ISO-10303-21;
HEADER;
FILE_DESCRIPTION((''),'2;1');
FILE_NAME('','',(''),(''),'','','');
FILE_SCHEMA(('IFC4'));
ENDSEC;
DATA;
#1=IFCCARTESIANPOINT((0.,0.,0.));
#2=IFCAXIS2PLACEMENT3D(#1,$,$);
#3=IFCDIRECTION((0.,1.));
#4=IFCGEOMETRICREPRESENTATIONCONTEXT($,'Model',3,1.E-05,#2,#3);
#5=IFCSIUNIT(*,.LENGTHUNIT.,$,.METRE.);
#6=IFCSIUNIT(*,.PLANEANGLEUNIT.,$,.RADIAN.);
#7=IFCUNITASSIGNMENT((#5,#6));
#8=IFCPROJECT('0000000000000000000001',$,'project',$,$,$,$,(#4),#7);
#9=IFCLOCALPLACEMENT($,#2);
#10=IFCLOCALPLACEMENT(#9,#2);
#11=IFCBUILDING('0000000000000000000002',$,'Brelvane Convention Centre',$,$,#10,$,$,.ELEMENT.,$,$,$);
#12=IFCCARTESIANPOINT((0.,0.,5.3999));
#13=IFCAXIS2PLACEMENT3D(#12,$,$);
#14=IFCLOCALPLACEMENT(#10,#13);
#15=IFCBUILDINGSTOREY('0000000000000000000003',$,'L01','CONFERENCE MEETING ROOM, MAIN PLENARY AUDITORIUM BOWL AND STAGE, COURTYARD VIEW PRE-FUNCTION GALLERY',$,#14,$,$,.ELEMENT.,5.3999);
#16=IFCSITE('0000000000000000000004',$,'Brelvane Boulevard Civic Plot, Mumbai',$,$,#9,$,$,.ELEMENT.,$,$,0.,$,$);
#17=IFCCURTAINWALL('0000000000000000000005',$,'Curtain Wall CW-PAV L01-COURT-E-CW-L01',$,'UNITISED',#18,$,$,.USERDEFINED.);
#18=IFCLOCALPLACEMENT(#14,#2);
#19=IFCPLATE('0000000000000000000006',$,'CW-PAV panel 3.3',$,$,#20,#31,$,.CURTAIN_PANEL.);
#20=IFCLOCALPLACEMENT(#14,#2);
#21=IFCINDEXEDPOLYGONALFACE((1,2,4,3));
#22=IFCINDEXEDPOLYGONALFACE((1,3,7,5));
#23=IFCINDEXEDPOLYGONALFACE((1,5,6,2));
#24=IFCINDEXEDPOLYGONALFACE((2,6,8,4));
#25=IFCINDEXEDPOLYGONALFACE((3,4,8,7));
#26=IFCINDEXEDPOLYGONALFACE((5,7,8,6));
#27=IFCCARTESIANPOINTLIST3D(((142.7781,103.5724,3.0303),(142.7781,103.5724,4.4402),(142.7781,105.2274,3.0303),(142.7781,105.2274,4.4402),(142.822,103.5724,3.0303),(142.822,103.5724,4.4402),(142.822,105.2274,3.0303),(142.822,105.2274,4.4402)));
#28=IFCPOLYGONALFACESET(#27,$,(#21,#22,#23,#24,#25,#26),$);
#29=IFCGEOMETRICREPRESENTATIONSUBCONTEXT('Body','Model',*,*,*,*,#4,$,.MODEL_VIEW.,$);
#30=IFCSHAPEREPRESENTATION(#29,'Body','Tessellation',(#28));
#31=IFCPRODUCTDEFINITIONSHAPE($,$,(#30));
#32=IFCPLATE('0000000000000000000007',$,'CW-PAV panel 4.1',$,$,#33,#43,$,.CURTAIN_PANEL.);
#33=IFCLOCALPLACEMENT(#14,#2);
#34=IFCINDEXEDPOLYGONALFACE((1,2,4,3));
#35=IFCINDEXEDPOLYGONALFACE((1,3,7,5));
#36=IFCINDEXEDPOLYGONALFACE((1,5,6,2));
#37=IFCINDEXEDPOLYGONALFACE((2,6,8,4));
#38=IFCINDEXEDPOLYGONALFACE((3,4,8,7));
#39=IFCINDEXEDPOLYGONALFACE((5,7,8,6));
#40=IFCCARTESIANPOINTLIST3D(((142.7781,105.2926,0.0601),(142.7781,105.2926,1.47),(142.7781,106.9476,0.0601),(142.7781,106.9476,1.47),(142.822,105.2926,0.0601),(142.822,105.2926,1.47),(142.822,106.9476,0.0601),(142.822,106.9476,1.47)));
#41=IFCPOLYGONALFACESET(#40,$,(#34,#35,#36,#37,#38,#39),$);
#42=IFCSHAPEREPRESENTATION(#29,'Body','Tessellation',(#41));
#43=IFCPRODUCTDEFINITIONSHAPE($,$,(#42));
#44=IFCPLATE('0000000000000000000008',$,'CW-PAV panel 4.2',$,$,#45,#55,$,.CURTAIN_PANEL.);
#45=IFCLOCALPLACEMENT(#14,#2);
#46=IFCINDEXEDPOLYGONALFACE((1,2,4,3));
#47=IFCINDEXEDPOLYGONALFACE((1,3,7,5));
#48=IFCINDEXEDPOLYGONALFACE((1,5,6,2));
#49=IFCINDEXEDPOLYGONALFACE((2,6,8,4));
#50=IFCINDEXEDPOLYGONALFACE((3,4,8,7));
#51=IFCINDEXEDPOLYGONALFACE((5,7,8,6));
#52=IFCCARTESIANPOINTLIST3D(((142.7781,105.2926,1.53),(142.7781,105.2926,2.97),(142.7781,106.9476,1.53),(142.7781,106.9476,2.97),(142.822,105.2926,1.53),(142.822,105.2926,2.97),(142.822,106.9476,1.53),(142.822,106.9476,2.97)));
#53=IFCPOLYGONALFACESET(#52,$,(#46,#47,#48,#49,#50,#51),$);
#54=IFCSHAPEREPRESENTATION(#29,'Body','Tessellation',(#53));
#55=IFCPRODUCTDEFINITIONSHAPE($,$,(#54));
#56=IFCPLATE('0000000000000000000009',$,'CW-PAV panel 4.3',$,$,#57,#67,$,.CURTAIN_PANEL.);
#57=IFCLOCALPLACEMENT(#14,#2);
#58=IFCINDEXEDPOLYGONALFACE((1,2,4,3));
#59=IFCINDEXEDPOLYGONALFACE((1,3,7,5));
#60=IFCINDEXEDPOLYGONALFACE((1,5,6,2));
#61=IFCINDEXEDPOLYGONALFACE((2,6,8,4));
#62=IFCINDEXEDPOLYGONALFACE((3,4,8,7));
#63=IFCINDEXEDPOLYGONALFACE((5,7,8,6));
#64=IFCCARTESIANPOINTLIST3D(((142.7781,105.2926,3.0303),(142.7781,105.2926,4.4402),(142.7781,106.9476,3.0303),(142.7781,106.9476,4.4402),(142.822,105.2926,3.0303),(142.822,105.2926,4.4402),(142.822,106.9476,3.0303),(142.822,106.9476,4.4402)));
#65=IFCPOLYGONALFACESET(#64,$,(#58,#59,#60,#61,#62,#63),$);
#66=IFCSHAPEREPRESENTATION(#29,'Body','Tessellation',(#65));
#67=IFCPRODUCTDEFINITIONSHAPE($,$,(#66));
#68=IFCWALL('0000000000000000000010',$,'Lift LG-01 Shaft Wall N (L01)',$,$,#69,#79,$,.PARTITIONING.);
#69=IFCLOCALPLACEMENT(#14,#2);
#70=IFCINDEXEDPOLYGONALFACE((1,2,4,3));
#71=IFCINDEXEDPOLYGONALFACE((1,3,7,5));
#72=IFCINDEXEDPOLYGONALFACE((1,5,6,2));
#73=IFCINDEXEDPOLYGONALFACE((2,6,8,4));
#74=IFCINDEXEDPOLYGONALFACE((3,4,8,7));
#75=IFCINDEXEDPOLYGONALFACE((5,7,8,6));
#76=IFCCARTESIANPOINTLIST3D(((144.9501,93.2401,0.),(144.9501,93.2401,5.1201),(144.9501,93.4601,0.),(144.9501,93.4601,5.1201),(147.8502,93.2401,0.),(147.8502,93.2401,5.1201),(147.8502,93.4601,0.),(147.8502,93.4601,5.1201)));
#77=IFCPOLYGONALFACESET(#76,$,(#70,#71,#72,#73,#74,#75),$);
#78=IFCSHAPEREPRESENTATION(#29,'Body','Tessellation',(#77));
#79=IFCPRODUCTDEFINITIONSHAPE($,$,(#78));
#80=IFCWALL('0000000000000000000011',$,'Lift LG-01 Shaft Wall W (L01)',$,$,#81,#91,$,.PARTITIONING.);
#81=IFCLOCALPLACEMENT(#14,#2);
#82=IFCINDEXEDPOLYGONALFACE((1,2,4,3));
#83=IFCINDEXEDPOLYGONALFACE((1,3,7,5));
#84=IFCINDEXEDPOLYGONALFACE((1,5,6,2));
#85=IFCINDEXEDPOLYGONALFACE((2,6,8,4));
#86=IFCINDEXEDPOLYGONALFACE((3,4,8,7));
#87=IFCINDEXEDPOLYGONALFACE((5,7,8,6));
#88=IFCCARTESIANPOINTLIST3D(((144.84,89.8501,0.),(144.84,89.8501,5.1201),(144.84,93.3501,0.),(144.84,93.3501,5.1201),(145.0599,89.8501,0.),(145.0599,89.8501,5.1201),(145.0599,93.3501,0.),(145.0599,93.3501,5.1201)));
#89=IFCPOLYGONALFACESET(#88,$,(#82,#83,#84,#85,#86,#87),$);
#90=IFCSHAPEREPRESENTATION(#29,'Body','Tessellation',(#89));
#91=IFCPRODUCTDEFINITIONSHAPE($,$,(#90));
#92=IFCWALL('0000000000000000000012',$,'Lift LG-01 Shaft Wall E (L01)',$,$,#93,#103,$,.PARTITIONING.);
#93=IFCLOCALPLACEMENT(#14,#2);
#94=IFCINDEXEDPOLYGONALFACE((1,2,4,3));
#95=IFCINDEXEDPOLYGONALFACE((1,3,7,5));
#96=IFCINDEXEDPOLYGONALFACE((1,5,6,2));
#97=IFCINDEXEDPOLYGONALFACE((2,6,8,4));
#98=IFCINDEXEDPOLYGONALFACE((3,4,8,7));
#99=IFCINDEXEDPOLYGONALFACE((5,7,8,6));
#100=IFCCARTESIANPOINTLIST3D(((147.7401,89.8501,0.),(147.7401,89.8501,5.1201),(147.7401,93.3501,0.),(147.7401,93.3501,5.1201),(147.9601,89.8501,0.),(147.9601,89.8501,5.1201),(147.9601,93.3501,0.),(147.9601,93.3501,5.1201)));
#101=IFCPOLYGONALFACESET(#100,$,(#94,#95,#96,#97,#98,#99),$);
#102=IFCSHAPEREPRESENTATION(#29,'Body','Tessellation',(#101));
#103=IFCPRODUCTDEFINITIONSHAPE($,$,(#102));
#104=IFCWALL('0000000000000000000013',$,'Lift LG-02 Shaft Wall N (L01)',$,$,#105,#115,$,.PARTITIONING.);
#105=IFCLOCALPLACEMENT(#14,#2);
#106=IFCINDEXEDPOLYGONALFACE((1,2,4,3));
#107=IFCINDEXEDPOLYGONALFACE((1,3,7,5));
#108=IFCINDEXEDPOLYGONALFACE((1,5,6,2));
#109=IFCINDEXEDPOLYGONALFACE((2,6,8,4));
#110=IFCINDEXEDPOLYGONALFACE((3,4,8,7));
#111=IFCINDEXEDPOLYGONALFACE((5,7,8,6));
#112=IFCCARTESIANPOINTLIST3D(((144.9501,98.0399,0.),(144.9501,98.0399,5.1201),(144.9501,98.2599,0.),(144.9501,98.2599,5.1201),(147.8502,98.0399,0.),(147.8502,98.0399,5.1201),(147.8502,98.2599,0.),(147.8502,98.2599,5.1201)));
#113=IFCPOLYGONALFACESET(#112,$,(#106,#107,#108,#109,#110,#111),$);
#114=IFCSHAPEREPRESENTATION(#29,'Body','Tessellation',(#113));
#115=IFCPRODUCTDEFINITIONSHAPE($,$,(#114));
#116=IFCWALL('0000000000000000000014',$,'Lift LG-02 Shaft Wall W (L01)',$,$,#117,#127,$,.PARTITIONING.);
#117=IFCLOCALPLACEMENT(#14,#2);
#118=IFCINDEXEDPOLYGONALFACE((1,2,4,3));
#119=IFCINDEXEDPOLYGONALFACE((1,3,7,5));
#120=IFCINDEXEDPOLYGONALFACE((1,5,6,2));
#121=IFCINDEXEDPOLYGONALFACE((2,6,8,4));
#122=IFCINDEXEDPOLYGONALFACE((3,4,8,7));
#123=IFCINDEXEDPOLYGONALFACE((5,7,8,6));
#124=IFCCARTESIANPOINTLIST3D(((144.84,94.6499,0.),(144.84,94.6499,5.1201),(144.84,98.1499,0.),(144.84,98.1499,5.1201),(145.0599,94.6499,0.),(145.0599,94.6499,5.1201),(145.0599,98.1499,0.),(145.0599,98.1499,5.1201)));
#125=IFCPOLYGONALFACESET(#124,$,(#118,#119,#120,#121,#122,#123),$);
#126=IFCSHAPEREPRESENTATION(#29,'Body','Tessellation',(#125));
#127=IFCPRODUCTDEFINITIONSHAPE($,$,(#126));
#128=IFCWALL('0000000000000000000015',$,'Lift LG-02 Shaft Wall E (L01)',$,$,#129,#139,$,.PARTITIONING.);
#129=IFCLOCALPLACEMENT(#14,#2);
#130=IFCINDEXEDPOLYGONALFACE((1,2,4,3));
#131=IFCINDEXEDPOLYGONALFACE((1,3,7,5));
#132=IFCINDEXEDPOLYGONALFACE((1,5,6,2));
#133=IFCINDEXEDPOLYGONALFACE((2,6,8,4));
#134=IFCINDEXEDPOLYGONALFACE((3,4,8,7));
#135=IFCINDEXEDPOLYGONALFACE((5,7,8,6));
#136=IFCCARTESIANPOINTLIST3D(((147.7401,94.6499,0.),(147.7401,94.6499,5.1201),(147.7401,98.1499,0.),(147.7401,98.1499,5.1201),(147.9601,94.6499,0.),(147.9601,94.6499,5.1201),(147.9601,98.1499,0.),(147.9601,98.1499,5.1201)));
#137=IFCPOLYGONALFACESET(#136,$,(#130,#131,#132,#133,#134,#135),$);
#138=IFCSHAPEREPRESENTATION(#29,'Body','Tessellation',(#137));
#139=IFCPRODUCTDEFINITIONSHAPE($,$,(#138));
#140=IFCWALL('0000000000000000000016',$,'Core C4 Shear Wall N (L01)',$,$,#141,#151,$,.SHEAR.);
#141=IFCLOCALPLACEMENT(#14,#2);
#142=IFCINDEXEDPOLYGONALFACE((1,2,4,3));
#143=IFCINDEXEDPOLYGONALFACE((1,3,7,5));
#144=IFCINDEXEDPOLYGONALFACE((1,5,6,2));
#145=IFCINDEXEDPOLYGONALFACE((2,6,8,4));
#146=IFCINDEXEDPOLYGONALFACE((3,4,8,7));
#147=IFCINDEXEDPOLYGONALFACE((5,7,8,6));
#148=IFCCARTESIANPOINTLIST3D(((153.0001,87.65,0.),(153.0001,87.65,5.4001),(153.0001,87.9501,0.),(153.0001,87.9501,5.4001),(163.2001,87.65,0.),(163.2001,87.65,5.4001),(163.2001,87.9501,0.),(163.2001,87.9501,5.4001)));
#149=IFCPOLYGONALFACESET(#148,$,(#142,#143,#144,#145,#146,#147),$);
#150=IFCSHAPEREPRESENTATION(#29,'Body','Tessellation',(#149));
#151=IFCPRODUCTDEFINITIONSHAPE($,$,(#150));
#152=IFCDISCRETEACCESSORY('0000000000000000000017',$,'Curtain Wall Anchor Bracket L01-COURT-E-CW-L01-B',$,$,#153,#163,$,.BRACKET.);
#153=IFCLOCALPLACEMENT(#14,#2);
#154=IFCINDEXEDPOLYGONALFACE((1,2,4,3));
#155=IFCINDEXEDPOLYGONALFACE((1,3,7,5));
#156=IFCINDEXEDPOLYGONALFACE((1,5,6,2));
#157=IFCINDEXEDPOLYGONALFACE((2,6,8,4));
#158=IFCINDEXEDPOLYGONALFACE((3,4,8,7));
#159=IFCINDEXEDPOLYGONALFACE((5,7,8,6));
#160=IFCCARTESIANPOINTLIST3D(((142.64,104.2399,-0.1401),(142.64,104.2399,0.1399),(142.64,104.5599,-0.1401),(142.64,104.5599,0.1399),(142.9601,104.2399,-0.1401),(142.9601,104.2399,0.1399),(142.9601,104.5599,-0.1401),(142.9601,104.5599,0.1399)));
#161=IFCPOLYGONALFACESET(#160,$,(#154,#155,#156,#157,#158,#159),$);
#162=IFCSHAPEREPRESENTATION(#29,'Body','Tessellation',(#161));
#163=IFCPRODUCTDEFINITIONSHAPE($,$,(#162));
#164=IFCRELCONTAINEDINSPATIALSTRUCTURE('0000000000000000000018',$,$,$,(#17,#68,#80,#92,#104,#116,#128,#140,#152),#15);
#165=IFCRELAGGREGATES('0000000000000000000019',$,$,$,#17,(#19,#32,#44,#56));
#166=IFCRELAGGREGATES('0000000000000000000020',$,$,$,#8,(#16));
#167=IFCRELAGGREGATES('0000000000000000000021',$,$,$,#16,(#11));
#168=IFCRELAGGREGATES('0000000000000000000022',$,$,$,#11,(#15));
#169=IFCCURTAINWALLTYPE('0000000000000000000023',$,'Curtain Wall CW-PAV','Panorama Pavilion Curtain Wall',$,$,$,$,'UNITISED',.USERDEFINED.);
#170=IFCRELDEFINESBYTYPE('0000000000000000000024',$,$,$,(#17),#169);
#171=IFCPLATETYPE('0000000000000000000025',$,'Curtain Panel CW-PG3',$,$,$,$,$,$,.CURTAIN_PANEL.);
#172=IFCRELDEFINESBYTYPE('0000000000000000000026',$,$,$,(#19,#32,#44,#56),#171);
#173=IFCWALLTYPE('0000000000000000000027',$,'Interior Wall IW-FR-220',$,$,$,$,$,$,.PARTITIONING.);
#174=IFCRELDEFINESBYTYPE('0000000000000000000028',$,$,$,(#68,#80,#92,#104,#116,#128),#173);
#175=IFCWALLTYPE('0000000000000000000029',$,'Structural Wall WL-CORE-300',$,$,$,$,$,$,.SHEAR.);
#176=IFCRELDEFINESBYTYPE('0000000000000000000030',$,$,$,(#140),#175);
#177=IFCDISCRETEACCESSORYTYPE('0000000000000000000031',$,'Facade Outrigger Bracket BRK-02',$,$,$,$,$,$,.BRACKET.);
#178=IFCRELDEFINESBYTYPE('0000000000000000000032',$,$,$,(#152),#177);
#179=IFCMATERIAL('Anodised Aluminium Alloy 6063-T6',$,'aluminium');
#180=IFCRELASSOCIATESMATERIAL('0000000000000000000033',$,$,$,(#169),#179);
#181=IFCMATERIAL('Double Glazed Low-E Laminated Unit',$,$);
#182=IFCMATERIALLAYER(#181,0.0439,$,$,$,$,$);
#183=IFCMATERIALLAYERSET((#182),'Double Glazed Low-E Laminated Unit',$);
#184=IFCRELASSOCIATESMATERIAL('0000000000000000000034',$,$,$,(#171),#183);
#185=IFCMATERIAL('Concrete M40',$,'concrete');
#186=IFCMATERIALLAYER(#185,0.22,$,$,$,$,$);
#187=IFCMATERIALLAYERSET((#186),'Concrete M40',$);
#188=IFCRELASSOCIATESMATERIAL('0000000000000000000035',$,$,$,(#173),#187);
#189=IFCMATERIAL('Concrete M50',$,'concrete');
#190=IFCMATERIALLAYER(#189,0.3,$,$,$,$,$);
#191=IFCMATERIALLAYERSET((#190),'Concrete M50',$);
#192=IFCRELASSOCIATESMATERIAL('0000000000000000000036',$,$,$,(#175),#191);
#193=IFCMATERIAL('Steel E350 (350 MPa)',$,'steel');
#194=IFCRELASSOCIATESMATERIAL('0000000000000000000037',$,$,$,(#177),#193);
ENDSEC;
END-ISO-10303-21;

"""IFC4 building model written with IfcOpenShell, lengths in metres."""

from ifc_helpers import new_model, si_unit, direction, frame, frame_2d, origin, origin_2d, place, context, subcontext, project, spatial, rectangle, extrude, material, layer, layer_set, type_object, element, aggregate, save


model = new_model("IFC4")

# Units and contexts
model_context = context("Model", 3, precision=1e-05, world=origin(), true_north=direction((0.0, 1.0)))
body_context = subcontext(model_context, "Body", "Model", "MODEL_VIEW")
ifc_project = project(units=[si_unit("LENGTHUNIT", "METRE"), si_unit("PLANEANGLEUNIT", "RADIAN")], contexts=[model_context])

# Site, building, storey
site_placement = place(None, origin())
site = spatial("IfcSite", under=ifc_project, at=site_placement, Name="Brelvane Boulevard Civic Plot, Mumbai", CompositionType="ELEMENT", RefElevation=0.0)
building_placement = place(site_placement, origin())
building = spatial("IfcBuilding", under=site, at=building_placement, Name="Brelvane Convention Centre", CompositionType="ELEMENT")
storey_placement = place(building_placement, frame((0.0, 0.0, 5.3999)))
storey = spatial("IfcBuildingStorey", under=building, at=storey_placement, Name="L01", Description="CONFERENCE MEETING ROOM, MAIN PLENARY AUDITORIUM BOWL AND STAGE, COURTYARD VIEW PRE-FUNCTION GALLERY", CompositionType="ELEMENT", Elevation=5.3999)

# Curtain wall
ifc_material_1 = material(Name="Anodised Aluminium Alloy 6063-T6", Category="aluminium")
curtain_wall_type = type_object("IfcCurtainWallType", Name="Curtain Wall CW-PAV", Description="Panorama Pavilion Curtain Wall", ElementType="UNITISED", PredefinedType="USERDEFINED", material=ifc_material_1)
curtain_wall_placement = place(storey_placement, origin())
curtain_wall = element("IfcCurtainWall", 1, at=curtain_wall_placement, inside=storey, type_object=curtain_wall_type, Name="Curtain Wall CW-PAV L01-COURT-E-CW-L01", ObjectType="UNITISED", PredefinedType="USERDEFINED")

# Plates
ifc_material_2 = material(Name="Double Glazed Low-E Laminated Unit")
ifc_layer_1 = layer(ifc_material_2, 0.0439)
ifc_layer_set_1 = layer_set([ifc_layer_1], Name="Double Glazed Low-E Laminated Unit")
plate_type = type_object("IfcPlateType", Name="Curtain Panel CW-PG3", PredefinedType="CURTAIN_PANEL", material=ifc_layer_set_1)
plate_1_placement = place(storey_placement, frame((142.8, 104.3999, 3.0303), z_axis=(0.0, 0.0, 1.0), x_axis=(0.0, 1.0, 0.0)))
plate_1 = element("IfcPlate", 2, at=plate_1_placement, type_object=plate_type, Name="CW-PAV panel 3.3", PredefinedType="CURTAIN_PANEL", context=body_context, shape_type="SweptSolid", body=[
    extrude(rectangle(XDim=1.655, YDim=0.0439, at=origin_2d()), origin(), (0.0, 0.0, 1.0), 1.4099),
])
plate_2_placement = place(storey_placement, frame((142.8, 106.1201, 0.0601), z_axis=(0.0, 0.0, 1.0), x_axis=(0.0, 1.0, 0.0)))
plate_2 = element("IfcPlate", 3, at=plate_2_placement, type_object=plate_type, Name="CW-PAV panel 4.1", PredefinedType="CURTAIN_PANEL", context=body_context, shape_type="SweptSolid", body=[
    extrude(rectangle(XDim=1.655, YDim=0.0439, at=origin_2d()), origin(), (0.0, 0.0, 1.0), 1.4099),
])
plate_3_placement = place(storey_placement, frame((142.8, 106.1201, 1.53), z_axis=(0.0, 0.0, 1.0), x_axis=(0.0, 1.0, 0.0)))
plate_3 = element("IfcPlate", 4, at=plate_3_placement, type_object=plate_type, Name="CW-PAV panel 4.2", PredefinedType="CURTAIN_PANEL", context=body_context, shape_type="SweptSolid", body=[
    extrude(rectangle(XDim=1.655, YDim=0.0439, at=origin_2d()), origin(), (0.0, 0.0, 1.0), 1.4399),
])
plate_4_placement = place(storey_placement, frame((142.8, 106.1201, 3.0303), z_axis=(0.0, 0.0, 1.0), x_axis=(0.0, 1.0, 0.0)))
plate_4 = element("IfcPlate", 5, at=plate_4_placement, type_object=plate_type, Name="CW-PAV panel 4.3", PredefinedType="CURTAIN_PANEL", context=body_context, shape_type="SweptSolid", body=[
    extrude(rectangle(XDim=1.655, YDim=0.0439, at=origin_2d()), origin(), (0.0, 0.0, 1.0), 1.4099),
])
aggregate(curtain_wall, [plate_1, plate_2, plate_3, plate_4])

# Shared definitions
ifc_material_3 = material(Name="Concrete M40", Category="concrete")
ifc_layer_2 = layer(ifc_material_3, 0.22)
ifc_layer_set_2 = layer_set([ifc_layer_2], Name="Concrete M40")
wall_type_1 = type_object("IfcWallType", Name="Interior Wall IW-FR-220", PredefinedType="PARTITIONING", material=ifc_layer_set_2)

# Walls
wall_1_placement = place(storey_placement, frame((144.95, 93.3501, 0.0), z_axis=(0.0, 0.0, 1.0), x_axis=(1.0, 0.0, 0.0)))
element("IfcWall", 6, at=wall_1_placement, inside=storey, type_object=wall_type_1, Name="Lift LG-01 Shaft Wall N (L01)", PredefinedType="PARTITIONING", context=body_context, shape_type="SweptSolid", body=[
    extrude(rectangle(XDim=2.9001, YDim=0.22, at=frame_2d((1.4502, 0.0))), origin(), (0.0, 0.0, 1.0), 5.1201),
])
for number, where, z_axis, x_axis, name in (
    (7, (144.95, 89.8501, 0.0), (0.0, 0.0, 1.0), (0.0, 1.0, 0.0), "Lift LG-01 Shaft Wall W (L01)"),
    (8, (147.8501, 89.8501, 0.0), (0.0, 0.0, 1.0), (0.0, 1.0, 0.0), "Lift LG-01 Shaft Wall E (L01)"),
):
    element("IfcWall", number, at=place(storey_placement, frame(where, z_axis=z_axis, x_axis=x_axis)), inside=storey, type_object=wall_type_1, Name=name, PredefinedType="PARTITIONING", context=body_context, shape_type="SweptSolid", body=[
        extrude(rectangle(XDim=3.5, YDim=0.22, at=frame_2d((1.75, 0.0))), origin(), (0.0, 0.0, 1.0), 5.1201),
    ])

# Walls
wall_2_placement = place(storey_placement, frame((144.95, 98.1499, 0.0), z_axis=(0.0, 0.0, 1.0), x_axis=(1.0, 0.0, 0.0)))
element("IfcWall", 9, at=wall_2_placement, inside=storey, type_object=wall_type_1, Name="Lift LG-02 Shaft Wall N (L01)", PredefinedType="PARTITIONING", context=body_context, shape_type="SweptSolid", body=[
    extrude(rectangle(XDim=2.9001, YDim=0.22, at=frame_2d((1.4502, 0.0))), origin(), (0.0, 0.0, 1.0), 5.1201),
])
for number, where, z_axis, x_axis, name in (
    (10, (144.95, 94.6499, 0.0), (0.0, 0.0, 1.0), (0.0, 1.0, 0.0), "Lift LG-02 Shaft Wall W (L01)"),
    (11, (147.8501, 94.6499, 0.0), (0.0, 0.0, 1.0), (0.0, 1.0, 0.0), "Lift LG-02 Shaft Wall E (L01)"),
):
    element("IfcWall", number, at=place(storey_placement, frame(where, z_axis=z_axis, x_axis=x_axis)), inside=storey, type_object=wall_type_1, Name=name, PredefinedType="PARTITIONING", context=body_context, shape_type="SweptSolid", body=[
        extrude(rectangle(XDim=3.5, YDim=0.22, at=frame_2d((1.75, 0.0))), origin(), (0.0, 0.0, 1.0), 5.1201),
    ])
ifc_material_4 = material(Name="Concrete M50", Category="concrete")
ifc_layer_3 = layer(ifc_material_4, 0.3)
ifc_layer_set_3 = layer_set([ifc_layer_3], Name="Concrete M50")
wall_type_2 = type_object("IfcWallType", Name="Structural Wall WL-CORE-300", PredefinedType="SHEAR", material=ifc_layer_set_3)
wall_3_placement = place(storey_placement, frame((153.0, 87.8, 0.0), z_axis=(0.0, 0.0, 1.0), x_axis=(1.0, 0.0, 0.0)))
element("IfcWall", 12, at=wall_3_placement, inside=storey, type_object=wall_type_2, Name="Core C4 Shear Wall N (L01)", PredefinedType="SHEAR", context=body_context, shape_type="SweptSolid", body=[
    extrude(rectangle(XDim=10.2, YDim=0.3, at=frame_2d((5.1001, 0.0))), origin(), (0.0, 0.0, 1.0), 5.4001),
])

# Discrete accessory
ifc_material_5 = material(Name="Steel E350 (350 MPa)", Category="steel")
discrete_accessory_type = type_object("IfcDiscreteAccessoryType", Name="Facade Outrigger Bracket BRK-02", PredefinedType="BRACKET", material=ifc_material_5)
discrete_accessory_placement = place(storey_placement, frame((142.8, 104.3999, -0.1401), z_axis=(0.0, 0.0, 1.0), x_axis=(1.0, 0.0, 0.0)))
element("IfcDiscreteAccessory", 13, at=discrete_accessory_placement, inside=storey, type_object=discrete_accessory_type, Name="Curtain Wall Anchor Bracket L01-COURT-E-CW-L01-B", PredefinedType="BRACKET", context=body_context, shape_type="SweptSolid", body=[
    extrude(rectangle(XDim=0.3201, YDim=0.3201, at=origin_2d()), origin(), (0.0, 0.0, 1.0), 0.28),
])

save(model, "model.ifc")
